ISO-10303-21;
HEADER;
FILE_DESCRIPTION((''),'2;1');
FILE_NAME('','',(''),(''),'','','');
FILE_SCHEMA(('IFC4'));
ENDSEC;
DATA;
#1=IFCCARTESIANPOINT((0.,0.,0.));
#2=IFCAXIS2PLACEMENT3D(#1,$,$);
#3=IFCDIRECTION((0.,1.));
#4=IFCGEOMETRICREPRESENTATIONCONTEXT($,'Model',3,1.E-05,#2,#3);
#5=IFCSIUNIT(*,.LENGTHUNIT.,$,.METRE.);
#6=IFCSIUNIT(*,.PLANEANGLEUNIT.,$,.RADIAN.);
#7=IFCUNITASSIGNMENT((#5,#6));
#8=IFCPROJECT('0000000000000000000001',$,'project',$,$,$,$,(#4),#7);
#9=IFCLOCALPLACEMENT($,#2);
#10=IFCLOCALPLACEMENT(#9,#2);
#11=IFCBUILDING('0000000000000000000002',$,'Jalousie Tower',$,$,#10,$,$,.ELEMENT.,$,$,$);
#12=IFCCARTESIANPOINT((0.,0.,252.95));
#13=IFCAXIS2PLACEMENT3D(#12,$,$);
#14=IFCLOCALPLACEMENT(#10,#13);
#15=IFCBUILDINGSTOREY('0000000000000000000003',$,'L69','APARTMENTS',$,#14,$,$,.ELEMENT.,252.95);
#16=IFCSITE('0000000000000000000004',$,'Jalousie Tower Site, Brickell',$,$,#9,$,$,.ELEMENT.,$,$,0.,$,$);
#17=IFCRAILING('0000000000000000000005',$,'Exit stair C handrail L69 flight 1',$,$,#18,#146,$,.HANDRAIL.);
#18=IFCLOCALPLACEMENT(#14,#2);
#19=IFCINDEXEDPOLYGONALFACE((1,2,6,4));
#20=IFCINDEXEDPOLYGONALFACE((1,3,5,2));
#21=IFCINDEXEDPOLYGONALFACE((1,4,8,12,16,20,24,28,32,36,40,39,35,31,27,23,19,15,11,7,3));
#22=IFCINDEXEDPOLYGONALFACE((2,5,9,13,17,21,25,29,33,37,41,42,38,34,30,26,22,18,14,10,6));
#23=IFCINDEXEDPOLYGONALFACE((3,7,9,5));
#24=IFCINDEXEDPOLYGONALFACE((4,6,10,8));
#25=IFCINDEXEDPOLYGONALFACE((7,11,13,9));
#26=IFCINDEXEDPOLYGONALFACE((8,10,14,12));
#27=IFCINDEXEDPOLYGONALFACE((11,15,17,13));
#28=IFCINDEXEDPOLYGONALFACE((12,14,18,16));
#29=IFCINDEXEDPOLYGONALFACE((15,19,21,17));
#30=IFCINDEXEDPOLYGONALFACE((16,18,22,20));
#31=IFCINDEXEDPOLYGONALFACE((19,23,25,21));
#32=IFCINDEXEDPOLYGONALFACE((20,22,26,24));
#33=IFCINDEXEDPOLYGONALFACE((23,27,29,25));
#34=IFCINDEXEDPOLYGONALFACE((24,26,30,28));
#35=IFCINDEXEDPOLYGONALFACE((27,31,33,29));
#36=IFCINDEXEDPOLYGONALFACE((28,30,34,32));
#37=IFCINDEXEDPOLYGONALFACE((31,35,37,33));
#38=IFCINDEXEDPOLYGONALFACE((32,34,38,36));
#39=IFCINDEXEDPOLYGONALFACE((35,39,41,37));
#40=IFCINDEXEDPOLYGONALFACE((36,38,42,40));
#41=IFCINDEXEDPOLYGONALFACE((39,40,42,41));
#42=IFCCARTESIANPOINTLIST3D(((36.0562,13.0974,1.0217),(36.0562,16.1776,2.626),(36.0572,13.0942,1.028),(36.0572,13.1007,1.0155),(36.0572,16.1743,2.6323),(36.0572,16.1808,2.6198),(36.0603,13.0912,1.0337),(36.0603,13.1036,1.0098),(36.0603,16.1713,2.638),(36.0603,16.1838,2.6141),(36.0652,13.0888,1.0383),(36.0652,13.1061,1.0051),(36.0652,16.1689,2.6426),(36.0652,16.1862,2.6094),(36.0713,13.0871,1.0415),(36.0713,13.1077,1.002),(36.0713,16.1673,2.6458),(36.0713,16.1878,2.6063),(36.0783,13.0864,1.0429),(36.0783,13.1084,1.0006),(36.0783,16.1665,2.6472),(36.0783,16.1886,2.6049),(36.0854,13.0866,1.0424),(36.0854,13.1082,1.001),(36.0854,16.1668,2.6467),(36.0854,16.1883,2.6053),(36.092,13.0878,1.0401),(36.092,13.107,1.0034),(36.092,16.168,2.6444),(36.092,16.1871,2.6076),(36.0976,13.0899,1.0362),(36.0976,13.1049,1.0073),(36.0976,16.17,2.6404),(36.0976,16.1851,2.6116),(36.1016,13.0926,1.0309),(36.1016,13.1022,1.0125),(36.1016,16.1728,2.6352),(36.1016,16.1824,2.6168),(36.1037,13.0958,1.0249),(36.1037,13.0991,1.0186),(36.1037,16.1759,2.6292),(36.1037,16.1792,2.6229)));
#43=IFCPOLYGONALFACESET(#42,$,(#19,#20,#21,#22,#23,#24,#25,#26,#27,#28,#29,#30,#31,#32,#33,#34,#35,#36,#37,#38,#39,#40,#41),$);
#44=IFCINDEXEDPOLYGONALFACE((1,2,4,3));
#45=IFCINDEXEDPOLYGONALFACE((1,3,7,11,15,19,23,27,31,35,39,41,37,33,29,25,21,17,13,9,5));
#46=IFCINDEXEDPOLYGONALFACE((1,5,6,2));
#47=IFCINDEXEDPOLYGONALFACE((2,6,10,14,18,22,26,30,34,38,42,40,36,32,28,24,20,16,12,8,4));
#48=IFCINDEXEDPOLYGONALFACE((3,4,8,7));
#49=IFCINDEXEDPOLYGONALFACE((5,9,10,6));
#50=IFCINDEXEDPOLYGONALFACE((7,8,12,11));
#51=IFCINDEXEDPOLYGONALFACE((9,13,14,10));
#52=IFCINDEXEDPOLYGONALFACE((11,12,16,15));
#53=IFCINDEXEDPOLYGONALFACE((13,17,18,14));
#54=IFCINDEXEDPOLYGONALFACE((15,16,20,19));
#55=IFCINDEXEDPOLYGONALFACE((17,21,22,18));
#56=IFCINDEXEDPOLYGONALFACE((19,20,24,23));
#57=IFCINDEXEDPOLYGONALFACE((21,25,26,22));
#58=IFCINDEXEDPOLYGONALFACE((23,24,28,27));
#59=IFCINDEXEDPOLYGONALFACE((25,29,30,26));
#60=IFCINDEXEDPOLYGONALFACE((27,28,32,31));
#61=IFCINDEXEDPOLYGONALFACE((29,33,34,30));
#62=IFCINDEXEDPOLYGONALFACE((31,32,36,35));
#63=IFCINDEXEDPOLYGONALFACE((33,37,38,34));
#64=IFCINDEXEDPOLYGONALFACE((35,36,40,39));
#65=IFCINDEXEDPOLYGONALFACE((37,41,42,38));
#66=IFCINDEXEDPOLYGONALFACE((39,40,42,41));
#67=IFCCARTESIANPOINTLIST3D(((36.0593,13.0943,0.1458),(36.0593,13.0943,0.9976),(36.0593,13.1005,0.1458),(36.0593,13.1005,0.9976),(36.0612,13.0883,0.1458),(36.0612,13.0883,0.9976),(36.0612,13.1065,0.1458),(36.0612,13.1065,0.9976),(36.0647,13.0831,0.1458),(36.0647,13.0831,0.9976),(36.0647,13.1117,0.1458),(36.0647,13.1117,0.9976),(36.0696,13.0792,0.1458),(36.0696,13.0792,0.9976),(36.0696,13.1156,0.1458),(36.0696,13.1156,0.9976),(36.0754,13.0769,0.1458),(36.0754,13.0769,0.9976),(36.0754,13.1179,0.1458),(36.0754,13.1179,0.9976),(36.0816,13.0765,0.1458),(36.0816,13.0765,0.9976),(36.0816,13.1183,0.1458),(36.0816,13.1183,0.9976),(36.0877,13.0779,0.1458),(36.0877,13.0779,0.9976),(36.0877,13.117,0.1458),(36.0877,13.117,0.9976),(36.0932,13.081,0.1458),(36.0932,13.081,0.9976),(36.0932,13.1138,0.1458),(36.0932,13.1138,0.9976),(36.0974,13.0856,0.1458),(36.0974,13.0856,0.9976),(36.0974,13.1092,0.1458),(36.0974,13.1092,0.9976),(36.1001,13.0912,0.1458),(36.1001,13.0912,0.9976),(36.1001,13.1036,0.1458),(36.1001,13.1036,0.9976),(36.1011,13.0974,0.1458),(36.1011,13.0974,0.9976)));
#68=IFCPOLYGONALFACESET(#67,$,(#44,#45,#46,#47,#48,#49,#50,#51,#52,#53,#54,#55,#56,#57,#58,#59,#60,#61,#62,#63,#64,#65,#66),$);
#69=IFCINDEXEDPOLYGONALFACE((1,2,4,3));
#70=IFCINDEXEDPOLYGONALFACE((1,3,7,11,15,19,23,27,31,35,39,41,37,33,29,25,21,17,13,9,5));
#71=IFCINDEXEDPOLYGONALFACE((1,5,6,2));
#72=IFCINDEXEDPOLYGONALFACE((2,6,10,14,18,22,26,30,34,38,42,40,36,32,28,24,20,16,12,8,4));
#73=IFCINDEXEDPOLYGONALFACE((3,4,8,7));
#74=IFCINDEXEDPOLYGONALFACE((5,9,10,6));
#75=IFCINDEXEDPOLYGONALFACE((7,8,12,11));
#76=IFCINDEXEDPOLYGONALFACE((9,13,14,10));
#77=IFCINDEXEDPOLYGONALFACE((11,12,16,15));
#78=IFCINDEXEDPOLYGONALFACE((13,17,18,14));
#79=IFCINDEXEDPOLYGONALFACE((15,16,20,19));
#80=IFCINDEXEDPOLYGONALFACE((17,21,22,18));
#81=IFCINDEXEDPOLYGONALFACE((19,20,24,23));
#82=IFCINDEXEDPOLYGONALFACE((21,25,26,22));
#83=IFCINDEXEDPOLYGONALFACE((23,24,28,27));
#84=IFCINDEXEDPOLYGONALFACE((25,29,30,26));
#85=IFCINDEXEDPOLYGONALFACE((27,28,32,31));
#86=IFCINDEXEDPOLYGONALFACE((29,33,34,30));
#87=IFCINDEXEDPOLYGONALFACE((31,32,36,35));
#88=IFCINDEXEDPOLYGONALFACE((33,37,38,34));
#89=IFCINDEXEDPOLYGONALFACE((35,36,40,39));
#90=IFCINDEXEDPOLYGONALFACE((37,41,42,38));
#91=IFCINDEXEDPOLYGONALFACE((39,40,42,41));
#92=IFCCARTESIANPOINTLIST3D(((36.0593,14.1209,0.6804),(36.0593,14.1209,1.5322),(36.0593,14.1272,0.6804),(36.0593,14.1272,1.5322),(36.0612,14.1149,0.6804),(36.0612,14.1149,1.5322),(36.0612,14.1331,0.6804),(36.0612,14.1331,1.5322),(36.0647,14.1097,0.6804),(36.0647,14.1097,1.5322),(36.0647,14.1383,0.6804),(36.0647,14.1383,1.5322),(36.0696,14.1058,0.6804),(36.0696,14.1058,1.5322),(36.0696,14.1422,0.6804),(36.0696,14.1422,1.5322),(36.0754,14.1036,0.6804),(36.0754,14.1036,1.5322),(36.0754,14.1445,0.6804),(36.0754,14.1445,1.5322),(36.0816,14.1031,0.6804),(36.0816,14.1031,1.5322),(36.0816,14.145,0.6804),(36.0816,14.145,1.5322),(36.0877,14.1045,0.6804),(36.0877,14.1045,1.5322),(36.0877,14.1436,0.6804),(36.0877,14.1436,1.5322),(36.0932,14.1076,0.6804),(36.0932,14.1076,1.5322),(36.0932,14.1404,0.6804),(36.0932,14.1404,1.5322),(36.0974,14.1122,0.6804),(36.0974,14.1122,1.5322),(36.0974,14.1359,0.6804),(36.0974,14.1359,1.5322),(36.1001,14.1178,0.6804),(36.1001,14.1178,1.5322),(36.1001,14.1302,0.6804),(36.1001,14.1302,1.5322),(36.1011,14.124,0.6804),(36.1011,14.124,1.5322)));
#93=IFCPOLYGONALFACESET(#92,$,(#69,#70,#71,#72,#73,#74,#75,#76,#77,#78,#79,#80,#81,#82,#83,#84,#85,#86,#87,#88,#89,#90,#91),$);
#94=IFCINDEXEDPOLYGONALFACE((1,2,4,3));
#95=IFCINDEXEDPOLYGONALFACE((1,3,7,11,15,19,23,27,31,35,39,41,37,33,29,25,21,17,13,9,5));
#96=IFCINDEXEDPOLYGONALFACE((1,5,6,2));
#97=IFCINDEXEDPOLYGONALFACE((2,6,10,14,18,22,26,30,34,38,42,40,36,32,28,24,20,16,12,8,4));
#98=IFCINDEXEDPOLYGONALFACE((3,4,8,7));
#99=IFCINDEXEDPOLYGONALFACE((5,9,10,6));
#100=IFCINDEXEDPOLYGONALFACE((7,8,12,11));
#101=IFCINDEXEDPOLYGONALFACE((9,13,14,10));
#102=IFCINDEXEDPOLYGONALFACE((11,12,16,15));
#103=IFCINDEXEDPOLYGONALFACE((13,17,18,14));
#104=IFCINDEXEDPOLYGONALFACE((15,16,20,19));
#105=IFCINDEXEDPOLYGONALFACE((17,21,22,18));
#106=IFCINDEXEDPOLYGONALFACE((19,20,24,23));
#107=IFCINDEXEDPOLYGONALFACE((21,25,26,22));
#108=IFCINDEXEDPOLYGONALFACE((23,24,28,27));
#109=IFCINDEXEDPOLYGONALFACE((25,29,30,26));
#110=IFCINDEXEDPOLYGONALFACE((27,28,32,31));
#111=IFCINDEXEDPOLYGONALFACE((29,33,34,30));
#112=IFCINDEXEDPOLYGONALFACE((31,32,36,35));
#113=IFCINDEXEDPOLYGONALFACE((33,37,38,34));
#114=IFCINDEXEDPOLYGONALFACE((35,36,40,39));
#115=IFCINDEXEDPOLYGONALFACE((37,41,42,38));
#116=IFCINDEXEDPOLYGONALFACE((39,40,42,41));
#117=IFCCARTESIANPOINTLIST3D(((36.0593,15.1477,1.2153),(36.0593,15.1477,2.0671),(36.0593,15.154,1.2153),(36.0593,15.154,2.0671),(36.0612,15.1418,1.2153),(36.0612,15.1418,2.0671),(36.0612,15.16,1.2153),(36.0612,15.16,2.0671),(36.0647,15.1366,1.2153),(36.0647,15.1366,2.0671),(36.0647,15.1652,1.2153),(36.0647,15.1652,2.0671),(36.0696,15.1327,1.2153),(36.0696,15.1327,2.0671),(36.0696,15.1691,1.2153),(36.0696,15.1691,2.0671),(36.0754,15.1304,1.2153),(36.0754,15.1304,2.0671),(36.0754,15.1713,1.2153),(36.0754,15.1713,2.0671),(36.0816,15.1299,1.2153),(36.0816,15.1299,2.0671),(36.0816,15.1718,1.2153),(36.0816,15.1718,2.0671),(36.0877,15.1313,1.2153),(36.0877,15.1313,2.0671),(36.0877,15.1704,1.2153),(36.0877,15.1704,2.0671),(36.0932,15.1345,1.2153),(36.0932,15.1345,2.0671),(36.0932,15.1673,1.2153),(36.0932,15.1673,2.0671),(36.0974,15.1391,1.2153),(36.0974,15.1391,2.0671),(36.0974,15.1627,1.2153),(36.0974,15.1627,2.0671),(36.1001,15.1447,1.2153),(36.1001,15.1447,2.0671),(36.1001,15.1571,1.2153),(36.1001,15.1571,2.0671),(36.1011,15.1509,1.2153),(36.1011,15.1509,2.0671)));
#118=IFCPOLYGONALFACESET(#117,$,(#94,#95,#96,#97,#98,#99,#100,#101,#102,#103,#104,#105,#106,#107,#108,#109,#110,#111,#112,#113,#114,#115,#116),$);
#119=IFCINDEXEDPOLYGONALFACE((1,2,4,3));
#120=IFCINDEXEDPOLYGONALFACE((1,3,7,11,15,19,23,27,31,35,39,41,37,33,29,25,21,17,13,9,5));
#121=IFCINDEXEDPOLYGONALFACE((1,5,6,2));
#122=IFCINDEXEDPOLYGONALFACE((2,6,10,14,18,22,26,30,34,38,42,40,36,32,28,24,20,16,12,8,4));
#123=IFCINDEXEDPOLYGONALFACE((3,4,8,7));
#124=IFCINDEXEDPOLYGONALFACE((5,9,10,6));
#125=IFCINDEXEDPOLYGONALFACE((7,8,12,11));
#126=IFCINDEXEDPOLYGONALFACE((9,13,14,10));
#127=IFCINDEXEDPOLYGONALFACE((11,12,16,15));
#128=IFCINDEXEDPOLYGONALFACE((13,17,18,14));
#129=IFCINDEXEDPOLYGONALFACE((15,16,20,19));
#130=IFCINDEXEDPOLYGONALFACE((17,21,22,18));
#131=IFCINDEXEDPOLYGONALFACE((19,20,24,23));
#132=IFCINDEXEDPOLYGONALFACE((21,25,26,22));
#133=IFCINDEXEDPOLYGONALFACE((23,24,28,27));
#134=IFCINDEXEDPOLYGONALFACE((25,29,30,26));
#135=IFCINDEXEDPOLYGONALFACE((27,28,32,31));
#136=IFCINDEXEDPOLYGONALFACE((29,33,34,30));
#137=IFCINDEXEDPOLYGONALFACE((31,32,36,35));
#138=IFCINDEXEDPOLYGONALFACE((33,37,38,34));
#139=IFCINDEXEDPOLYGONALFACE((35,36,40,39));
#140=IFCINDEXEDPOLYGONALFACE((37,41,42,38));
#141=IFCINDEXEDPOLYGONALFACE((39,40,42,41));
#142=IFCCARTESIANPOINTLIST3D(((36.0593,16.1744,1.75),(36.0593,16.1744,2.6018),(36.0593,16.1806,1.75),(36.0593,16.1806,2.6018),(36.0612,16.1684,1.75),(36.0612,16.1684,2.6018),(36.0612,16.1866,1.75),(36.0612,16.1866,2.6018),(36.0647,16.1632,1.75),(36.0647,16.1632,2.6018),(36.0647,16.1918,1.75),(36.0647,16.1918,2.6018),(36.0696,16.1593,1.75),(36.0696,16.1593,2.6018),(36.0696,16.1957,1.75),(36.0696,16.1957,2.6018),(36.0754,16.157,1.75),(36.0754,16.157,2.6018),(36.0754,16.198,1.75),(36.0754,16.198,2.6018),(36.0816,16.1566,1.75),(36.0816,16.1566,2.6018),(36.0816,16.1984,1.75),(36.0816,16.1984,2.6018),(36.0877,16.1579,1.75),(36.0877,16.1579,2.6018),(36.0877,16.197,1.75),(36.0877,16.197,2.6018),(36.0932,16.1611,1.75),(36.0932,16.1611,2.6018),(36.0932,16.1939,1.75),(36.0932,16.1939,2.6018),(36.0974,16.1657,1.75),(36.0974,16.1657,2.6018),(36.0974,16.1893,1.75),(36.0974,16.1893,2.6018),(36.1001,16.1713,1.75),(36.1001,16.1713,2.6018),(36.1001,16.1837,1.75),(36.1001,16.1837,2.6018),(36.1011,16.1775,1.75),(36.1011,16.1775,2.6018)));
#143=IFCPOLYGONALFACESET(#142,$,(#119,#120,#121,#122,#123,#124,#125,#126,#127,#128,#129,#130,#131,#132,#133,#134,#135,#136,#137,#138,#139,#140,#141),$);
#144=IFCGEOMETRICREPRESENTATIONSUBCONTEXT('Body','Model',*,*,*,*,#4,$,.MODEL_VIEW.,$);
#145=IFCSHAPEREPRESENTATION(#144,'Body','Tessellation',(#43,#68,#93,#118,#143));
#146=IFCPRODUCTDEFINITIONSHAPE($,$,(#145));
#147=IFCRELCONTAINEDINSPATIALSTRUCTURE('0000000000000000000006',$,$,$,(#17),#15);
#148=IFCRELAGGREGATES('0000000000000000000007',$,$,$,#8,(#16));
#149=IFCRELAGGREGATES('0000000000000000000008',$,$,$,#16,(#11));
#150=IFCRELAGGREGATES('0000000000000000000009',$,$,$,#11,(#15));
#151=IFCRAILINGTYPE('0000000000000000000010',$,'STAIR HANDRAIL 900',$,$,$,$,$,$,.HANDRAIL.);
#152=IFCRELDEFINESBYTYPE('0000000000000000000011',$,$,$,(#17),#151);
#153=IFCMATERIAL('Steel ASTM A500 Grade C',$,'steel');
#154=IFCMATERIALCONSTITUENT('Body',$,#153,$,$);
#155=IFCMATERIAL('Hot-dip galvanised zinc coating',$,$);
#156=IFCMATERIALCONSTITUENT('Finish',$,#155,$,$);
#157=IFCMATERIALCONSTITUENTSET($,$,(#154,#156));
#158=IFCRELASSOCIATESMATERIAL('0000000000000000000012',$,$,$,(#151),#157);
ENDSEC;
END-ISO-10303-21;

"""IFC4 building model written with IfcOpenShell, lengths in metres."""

from ifc_helpers import new_model, si_unit, direction, frame, origin, origin_2d, place, context, subcontext, project, spatial, circle, extrude, material, constituent, constituent_set, type_object, element, save


model = new_model("IFC4")

# Units and contexts
model_context = context("Model", 3, precision=1e-05, world=origin(), true_north=direction((0.0, 1.0)))
body_context = subcontext(model_context, "Body", "Model", "MODEL_VIEW")
ifc_project = project(units=[si_unit("LENGTHUNIT", "METRE"), si_unit("PLANEANGLEUNIT", "RADIAN")], contexts=[model_context])

# Site, building, storey
site_placement = place(None, origin())
site = spatial("IfcSite", under=ifc_project, at=site_placement, Name="Jalousie Tower Site, Brickell", CompositionType="ELEMENT", RefElevation=0.0)
building_placement = place(site_placement, origin())
building = spatial("IfcBuilding", under=site, at=building_placement, Name="Jalousie Tower", CompositionType="ELEMENT")
storey_placement = place(building_placement, frame((0.0, 0.0, 252.95)))
storey = spatial("IfcBuildingStorey", under=building, at=storey_placement, Name="L69", Description="APARTMENTS", CompositionType="ELEMENT", Elevation=252.95)

# Railing
ifc_material_1 = material(Name="Steel ASTM A500 Grade C", Category="steel")
ifc_constituent_1 = constituent(ifc_material_1, Name="Body")
ifc_material_2 = material(Name="Hot-dip galvanised zinc coating")
ifc_constituent_2 = constituent(ifc_material_2, Name="Finish")
ifc_constituent_set_1 = constituent_set(constituents=[ifc_constituent_1, ifc_constituent_2])
railing_type_1 = type_object("IfcRailingType", Name="STAIR HANDRAIL 900", PredefinedType="HANDRAIL", material=ifc_constituent_set_1)
railing_1_placement = place(storey_placement, frame((36.0801, 13.0974, 0.1458)))
element("IfcRailing", 1, at=railing_1_placement, inside=storey, type_object=railing_type_1, Name="Exit stair C handrail L69 flight 1", PredefinedType="HANDRAIL", context=body_context, shape_type="SweptSolid", body=[
    extrude(circle(Radius=0.0239, at=origin_2d()), frame((0.0, 0.0, 0.876), z_axis=(0.0, 0.886909, 0.461944), x_axis=(-1.0, 0.0, 0.0)), (0.0, 0.0, 1.0), 3.4729),
    extrude(circle(Radius=0.021, at=origin_2d()), origin(), (0.0, 0.0, 1.0), 0.8518),
    extrude(circle(Radius=0.021, at=origin_2d()), frame((0.0, 1.0266, 0.5347)), (0.0, 0.0, 1.0), 0.8518),
    extrude(circle(Radius=0.021, at=origin_2d()), frame((0.0, 2.0535, 1.0696)), (0.0, 0.0, 1.0), 0.8518),
    extrude(circle(Radius=0.021, at=origin_2d()), frame((0.0, 3.0801, 1.6042)), (0.0, 0.0, 1.0), 0.8518),
])

save(model, "model.ifc")
